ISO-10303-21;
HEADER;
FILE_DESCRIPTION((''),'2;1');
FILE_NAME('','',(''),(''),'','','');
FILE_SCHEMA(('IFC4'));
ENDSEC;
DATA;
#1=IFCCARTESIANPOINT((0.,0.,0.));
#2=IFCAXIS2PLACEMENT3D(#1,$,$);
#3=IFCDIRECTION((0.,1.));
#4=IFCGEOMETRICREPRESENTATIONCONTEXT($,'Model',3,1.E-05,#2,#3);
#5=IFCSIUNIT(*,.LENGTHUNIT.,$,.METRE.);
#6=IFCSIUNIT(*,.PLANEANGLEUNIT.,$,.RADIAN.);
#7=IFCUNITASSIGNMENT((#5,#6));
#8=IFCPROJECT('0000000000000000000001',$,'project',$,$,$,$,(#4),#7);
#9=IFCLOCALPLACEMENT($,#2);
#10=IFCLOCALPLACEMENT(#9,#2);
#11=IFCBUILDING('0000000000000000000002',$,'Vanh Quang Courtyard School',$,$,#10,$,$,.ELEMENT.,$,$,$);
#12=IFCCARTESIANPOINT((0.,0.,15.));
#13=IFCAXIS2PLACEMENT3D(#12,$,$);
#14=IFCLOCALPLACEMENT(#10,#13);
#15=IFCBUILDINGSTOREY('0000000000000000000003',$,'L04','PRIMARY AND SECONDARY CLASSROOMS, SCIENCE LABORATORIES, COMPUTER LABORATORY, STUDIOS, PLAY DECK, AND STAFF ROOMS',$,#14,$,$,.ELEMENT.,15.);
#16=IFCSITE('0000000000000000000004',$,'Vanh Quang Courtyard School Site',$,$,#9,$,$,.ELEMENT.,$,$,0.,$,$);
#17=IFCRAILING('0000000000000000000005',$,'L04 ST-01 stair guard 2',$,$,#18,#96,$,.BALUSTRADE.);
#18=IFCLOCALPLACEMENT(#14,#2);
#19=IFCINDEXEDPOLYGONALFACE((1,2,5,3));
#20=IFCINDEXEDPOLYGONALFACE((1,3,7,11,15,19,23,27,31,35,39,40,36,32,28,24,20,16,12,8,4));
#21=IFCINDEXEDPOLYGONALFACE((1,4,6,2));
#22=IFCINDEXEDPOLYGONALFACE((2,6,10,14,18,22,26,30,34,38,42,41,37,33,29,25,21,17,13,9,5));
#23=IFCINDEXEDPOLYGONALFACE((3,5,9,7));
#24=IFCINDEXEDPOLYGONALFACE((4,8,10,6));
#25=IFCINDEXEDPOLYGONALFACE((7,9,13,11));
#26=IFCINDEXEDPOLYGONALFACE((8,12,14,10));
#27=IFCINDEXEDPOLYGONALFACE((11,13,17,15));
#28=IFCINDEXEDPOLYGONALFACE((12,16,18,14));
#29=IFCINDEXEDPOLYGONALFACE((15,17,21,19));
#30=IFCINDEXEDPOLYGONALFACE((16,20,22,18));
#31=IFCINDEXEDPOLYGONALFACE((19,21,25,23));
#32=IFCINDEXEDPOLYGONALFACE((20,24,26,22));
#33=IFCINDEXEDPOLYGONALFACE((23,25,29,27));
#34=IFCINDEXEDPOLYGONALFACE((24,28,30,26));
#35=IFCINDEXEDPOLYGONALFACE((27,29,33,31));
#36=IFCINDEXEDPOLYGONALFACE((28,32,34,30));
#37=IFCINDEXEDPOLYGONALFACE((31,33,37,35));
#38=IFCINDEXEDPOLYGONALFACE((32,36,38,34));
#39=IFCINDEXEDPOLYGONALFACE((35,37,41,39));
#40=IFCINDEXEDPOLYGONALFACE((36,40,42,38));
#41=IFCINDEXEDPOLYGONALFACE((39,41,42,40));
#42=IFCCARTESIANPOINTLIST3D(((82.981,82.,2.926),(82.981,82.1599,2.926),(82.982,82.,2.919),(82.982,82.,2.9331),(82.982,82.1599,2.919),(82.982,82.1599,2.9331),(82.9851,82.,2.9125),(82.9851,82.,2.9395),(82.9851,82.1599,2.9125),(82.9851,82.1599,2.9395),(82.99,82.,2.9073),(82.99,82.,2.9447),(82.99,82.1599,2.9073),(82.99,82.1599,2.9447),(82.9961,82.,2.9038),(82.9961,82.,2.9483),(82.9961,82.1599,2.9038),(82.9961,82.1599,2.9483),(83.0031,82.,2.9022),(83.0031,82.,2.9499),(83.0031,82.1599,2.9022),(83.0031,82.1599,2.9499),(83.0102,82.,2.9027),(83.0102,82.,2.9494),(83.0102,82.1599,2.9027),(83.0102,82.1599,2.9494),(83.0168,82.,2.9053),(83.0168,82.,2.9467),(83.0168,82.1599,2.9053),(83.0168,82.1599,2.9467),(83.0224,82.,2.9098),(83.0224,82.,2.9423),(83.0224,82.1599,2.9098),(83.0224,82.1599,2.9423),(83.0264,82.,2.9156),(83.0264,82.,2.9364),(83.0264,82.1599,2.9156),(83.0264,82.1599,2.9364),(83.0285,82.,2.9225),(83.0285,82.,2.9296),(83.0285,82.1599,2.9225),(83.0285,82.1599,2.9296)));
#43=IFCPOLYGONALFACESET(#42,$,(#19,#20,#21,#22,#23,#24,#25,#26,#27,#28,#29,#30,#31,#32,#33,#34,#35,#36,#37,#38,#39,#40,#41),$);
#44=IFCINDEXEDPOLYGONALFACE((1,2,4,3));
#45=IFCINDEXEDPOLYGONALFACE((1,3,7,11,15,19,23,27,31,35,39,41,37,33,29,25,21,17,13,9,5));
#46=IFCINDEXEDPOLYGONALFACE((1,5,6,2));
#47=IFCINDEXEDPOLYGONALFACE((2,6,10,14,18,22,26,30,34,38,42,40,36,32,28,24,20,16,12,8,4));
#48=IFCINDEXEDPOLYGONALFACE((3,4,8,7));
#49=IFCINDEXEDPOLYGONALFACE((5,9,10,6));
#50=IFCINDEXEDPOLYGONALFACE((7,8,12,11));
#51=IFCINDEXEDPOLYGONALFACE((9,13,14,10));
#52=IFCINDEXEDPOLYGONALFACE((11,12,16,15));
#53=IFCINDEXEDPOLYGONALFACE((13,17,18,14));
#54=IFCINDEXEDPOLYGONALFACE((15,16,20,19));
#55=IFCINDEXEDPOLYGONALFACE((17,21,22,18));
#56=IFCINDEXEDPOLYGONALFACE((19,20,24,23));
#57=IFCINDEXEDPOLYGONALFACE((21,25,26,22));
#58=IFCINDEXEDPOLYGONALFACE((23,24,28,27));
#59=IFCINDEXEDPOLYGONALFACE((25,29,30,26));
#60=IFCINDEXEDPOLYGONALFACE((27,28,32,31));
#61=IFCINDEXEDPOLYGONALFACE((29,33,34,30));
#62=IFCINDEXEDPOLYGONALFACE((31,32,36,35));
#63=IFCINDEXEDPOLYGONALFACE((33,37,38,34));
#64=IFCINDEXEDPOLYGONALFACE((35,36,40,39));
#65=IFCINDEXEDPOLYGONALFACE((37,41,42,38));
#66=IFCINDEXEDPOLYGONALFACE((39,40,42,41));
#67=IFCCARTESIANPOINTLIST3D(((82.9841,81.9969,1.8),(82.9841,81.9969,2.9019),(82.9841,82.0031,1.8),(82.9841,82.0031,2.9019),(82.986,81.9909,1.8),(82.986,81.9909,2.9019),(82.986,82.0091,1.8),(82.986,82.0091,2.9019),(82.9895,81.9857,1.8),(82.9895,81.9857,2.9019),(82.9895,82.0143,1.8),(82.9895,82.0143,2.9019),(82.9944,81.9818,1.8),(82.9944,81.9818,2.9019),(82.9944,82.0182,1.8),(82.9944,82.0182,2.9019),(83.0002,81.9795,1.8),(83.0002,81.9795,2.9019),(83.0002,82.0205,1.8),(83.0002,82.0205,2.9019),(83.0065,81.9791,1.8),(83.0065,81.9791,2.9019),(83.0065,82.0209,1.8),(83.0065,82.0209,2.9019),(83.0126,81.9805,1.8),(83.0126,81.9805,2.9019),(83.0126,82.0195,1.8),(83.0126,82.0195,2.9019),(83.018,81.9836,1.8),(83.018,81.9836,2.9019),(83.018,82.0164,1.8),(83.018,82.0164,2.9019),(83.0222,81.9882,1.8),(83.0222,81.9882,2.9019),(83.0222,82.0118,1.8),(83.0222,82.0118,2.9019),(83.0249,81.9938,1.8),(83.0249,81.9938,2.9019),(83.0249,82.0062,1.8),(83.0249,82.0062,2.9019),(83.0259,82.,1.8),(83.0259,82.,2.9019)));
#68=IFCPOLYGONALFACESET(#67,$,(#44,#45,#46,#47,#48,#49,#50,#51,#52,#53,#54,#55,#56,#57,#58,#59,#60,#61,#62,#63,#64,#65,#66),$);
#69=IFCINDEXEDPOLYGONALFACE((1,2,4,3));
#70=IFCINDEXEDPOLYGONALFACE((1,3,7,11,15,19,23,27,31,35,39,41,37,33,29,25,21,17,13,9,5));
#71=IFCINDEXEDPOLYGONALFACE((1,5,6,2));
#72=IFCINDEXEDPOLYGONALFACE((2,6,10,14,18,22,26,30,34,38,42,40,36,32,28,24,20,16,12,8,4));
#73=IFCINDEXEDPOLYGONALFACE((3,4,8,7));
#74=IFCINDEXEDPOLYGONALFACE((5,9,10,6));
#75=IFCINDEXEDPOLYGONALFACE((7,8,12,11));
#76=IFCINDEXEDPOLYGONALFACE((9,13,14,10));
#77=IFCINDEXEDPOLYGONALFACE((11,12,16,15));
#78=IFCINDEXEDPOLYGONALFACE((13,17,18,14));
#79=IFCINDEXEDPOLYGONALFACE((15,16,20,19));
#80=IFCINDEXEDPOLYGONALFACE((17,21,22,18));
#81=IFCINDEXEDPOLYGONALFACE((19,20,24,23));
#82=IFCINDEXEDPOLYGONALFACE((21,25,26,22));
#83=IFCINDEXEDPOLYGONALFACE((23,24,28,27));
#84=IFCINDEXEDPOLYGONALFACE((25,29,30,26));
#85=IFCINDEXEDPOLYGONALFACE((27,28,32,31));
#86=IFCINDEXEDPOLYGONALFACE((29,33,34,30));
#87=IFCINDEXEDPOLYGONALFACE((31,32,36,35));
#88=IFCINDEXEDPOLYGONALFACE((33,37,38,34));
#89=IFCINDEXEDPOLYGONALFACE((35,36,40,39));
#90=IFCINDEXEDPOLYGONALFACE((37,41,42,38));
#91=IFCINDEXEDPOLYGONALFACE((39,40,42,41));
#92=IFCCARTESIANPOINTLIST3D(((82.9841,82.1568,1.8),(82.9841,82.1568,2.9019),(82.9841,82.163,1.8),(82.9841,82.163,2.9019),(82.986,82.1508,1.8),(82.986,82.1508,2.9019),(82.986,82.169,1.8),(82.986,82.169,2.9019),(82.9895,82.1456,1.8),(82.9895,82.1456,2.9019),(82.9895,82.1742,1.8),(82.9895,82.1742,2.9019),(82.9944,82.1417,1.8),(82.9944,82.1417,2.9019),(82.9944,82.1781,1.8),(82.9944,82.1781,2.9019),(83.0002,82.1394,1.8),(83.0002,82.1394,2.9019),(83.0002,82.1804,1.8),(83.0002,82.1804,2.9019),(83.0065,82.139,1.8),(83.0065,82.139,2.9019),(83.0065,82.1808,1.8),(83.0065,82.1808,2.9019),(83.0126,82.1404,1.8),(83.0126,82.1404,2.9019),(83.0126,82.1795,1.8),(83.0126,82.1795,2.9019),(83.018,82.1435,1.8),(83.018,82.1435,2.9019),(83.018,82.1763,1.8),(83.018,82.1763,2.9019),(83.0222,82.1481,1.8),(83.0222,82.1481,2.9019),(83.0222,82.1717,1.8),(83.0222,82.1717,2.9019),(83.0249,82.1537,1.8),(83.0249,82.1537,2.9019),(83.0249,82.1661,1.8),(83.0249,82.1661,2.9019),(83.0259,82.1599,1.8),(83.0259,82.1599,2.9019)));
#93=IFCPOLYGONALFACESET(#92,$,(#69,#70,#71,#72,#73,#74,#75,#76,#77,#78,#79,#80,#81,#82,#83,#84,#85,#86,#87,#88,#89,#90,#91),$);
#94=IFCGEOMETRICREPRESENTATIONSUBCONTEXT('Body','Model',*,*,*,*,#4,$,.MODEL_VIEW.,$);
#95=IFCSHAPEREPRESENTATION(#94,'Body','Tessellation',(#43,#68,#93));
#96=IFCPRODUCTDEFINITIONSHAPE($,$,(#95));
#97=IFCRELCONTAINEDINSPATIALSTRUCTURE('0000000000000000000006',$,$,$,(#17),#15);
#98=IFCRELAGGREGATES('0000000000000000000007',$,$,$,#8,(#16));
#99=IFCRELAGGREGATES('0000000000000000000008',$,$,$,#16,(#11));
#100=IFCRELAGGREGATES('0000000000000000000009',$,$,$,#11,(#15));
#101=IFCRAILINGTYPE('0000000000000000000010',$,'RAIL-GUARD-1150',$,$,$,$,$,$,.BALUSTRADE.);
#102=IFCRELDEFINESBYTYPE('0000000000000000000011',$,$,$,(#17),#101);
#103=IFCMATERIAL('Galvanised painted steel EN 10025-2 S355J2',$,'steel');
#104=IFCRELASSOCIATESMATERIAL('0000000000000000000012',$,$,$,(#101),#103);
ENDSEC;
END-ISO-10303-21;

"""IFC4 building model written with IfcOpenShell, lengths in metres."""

from ifc_helpers import new_model, si_unit, direction, frame, origin, origin_2d, place, context, subcontext, project, spatial, circle, extrude, material, type_object, element, save


model = new_model("IFC4")

# Units and contexts
model_context = context("Model", 3, precision=1e-05, world=origin(), true_north=direction((0.0, 1.0)))
body_context = subcontext(model_context, "Body", "Model", "MODEL_VIEW")
ifc_project = project(units=[si_unit("LENGTHUNIT", "METRE"), si_unit("PLANEANGLEUNIT", "RADIAN")], contexts=[model_context])

# Site, building, storey
site_placement = place(None, origin())
site = spatial("IfcSite", under=ifc_project, at=site_placement, Name="Vanh Quang Courtyard School Site", CompositionType="ELEMENT", RefElevation=0.0)
building_placement = place(site_placement, origin())
building = spatial("IfcBuilding", under=site, at=building_placement, Name="Vanh Quang Courtyard School", CompositionType="ELEMENT")
storey_placement = place(building_placement, frame((0.0, 0.0, 15.0)))
storey = spatial("IfcBuildingStorey", under=building, at=storey_placement, Name="L04", Description="PRIMARY AND SECONDARY CLASSROOMS, SCIENCE LABORATORIES, COMPUTER LABORATORY, STUDIOS, PLAY DECK, AND STAFF ROOMS", CompositionType="ELEMENT", Elevation=15.0)

# Railing
ifc_material_1 = material(Name="Galvanised painted steel EN 10025-2 S355J2", Category="steel")
railing_type_1 = type_object("IfcRailingType", Name="RAIL-GUARD-1150", PredefinedType="BALUSTRADE", material=ifc_material_1)
railing_1_placement = place(storey_placement, frame((83.0049, 82.0, 1.8)))
element("IfcRailing", 1, at=railing_1_placement, inside=storey, type_object=railing_type_1, Name="L04 ST-01 stair guard 2", PredefinedType="BALUSTRADE", context=body_context, shape_type="SweptSolid", body=[
    extrude(circle(Radius=0.0239, at=origin_2d()), frame((0.0, 0.0, 1.126), z_axis=(0.0, 1.0, 0.0), x_axis=(-1.0, 0.0, 0.0)), (0.0, 0.0, 1.0), 0.1599),
    extrude(circle(Radius=0.021, at=origin_2d()), origin(), (0.0, 0.0, 1.0), 1.1018),
    extrude(circle(Radius=0.021, at=origin_2d()), frame((0.0, 0.1599, 0.0)), (0.0, 0.0, 1.0), 1.1018),
])

save(model, "model.ifc")
